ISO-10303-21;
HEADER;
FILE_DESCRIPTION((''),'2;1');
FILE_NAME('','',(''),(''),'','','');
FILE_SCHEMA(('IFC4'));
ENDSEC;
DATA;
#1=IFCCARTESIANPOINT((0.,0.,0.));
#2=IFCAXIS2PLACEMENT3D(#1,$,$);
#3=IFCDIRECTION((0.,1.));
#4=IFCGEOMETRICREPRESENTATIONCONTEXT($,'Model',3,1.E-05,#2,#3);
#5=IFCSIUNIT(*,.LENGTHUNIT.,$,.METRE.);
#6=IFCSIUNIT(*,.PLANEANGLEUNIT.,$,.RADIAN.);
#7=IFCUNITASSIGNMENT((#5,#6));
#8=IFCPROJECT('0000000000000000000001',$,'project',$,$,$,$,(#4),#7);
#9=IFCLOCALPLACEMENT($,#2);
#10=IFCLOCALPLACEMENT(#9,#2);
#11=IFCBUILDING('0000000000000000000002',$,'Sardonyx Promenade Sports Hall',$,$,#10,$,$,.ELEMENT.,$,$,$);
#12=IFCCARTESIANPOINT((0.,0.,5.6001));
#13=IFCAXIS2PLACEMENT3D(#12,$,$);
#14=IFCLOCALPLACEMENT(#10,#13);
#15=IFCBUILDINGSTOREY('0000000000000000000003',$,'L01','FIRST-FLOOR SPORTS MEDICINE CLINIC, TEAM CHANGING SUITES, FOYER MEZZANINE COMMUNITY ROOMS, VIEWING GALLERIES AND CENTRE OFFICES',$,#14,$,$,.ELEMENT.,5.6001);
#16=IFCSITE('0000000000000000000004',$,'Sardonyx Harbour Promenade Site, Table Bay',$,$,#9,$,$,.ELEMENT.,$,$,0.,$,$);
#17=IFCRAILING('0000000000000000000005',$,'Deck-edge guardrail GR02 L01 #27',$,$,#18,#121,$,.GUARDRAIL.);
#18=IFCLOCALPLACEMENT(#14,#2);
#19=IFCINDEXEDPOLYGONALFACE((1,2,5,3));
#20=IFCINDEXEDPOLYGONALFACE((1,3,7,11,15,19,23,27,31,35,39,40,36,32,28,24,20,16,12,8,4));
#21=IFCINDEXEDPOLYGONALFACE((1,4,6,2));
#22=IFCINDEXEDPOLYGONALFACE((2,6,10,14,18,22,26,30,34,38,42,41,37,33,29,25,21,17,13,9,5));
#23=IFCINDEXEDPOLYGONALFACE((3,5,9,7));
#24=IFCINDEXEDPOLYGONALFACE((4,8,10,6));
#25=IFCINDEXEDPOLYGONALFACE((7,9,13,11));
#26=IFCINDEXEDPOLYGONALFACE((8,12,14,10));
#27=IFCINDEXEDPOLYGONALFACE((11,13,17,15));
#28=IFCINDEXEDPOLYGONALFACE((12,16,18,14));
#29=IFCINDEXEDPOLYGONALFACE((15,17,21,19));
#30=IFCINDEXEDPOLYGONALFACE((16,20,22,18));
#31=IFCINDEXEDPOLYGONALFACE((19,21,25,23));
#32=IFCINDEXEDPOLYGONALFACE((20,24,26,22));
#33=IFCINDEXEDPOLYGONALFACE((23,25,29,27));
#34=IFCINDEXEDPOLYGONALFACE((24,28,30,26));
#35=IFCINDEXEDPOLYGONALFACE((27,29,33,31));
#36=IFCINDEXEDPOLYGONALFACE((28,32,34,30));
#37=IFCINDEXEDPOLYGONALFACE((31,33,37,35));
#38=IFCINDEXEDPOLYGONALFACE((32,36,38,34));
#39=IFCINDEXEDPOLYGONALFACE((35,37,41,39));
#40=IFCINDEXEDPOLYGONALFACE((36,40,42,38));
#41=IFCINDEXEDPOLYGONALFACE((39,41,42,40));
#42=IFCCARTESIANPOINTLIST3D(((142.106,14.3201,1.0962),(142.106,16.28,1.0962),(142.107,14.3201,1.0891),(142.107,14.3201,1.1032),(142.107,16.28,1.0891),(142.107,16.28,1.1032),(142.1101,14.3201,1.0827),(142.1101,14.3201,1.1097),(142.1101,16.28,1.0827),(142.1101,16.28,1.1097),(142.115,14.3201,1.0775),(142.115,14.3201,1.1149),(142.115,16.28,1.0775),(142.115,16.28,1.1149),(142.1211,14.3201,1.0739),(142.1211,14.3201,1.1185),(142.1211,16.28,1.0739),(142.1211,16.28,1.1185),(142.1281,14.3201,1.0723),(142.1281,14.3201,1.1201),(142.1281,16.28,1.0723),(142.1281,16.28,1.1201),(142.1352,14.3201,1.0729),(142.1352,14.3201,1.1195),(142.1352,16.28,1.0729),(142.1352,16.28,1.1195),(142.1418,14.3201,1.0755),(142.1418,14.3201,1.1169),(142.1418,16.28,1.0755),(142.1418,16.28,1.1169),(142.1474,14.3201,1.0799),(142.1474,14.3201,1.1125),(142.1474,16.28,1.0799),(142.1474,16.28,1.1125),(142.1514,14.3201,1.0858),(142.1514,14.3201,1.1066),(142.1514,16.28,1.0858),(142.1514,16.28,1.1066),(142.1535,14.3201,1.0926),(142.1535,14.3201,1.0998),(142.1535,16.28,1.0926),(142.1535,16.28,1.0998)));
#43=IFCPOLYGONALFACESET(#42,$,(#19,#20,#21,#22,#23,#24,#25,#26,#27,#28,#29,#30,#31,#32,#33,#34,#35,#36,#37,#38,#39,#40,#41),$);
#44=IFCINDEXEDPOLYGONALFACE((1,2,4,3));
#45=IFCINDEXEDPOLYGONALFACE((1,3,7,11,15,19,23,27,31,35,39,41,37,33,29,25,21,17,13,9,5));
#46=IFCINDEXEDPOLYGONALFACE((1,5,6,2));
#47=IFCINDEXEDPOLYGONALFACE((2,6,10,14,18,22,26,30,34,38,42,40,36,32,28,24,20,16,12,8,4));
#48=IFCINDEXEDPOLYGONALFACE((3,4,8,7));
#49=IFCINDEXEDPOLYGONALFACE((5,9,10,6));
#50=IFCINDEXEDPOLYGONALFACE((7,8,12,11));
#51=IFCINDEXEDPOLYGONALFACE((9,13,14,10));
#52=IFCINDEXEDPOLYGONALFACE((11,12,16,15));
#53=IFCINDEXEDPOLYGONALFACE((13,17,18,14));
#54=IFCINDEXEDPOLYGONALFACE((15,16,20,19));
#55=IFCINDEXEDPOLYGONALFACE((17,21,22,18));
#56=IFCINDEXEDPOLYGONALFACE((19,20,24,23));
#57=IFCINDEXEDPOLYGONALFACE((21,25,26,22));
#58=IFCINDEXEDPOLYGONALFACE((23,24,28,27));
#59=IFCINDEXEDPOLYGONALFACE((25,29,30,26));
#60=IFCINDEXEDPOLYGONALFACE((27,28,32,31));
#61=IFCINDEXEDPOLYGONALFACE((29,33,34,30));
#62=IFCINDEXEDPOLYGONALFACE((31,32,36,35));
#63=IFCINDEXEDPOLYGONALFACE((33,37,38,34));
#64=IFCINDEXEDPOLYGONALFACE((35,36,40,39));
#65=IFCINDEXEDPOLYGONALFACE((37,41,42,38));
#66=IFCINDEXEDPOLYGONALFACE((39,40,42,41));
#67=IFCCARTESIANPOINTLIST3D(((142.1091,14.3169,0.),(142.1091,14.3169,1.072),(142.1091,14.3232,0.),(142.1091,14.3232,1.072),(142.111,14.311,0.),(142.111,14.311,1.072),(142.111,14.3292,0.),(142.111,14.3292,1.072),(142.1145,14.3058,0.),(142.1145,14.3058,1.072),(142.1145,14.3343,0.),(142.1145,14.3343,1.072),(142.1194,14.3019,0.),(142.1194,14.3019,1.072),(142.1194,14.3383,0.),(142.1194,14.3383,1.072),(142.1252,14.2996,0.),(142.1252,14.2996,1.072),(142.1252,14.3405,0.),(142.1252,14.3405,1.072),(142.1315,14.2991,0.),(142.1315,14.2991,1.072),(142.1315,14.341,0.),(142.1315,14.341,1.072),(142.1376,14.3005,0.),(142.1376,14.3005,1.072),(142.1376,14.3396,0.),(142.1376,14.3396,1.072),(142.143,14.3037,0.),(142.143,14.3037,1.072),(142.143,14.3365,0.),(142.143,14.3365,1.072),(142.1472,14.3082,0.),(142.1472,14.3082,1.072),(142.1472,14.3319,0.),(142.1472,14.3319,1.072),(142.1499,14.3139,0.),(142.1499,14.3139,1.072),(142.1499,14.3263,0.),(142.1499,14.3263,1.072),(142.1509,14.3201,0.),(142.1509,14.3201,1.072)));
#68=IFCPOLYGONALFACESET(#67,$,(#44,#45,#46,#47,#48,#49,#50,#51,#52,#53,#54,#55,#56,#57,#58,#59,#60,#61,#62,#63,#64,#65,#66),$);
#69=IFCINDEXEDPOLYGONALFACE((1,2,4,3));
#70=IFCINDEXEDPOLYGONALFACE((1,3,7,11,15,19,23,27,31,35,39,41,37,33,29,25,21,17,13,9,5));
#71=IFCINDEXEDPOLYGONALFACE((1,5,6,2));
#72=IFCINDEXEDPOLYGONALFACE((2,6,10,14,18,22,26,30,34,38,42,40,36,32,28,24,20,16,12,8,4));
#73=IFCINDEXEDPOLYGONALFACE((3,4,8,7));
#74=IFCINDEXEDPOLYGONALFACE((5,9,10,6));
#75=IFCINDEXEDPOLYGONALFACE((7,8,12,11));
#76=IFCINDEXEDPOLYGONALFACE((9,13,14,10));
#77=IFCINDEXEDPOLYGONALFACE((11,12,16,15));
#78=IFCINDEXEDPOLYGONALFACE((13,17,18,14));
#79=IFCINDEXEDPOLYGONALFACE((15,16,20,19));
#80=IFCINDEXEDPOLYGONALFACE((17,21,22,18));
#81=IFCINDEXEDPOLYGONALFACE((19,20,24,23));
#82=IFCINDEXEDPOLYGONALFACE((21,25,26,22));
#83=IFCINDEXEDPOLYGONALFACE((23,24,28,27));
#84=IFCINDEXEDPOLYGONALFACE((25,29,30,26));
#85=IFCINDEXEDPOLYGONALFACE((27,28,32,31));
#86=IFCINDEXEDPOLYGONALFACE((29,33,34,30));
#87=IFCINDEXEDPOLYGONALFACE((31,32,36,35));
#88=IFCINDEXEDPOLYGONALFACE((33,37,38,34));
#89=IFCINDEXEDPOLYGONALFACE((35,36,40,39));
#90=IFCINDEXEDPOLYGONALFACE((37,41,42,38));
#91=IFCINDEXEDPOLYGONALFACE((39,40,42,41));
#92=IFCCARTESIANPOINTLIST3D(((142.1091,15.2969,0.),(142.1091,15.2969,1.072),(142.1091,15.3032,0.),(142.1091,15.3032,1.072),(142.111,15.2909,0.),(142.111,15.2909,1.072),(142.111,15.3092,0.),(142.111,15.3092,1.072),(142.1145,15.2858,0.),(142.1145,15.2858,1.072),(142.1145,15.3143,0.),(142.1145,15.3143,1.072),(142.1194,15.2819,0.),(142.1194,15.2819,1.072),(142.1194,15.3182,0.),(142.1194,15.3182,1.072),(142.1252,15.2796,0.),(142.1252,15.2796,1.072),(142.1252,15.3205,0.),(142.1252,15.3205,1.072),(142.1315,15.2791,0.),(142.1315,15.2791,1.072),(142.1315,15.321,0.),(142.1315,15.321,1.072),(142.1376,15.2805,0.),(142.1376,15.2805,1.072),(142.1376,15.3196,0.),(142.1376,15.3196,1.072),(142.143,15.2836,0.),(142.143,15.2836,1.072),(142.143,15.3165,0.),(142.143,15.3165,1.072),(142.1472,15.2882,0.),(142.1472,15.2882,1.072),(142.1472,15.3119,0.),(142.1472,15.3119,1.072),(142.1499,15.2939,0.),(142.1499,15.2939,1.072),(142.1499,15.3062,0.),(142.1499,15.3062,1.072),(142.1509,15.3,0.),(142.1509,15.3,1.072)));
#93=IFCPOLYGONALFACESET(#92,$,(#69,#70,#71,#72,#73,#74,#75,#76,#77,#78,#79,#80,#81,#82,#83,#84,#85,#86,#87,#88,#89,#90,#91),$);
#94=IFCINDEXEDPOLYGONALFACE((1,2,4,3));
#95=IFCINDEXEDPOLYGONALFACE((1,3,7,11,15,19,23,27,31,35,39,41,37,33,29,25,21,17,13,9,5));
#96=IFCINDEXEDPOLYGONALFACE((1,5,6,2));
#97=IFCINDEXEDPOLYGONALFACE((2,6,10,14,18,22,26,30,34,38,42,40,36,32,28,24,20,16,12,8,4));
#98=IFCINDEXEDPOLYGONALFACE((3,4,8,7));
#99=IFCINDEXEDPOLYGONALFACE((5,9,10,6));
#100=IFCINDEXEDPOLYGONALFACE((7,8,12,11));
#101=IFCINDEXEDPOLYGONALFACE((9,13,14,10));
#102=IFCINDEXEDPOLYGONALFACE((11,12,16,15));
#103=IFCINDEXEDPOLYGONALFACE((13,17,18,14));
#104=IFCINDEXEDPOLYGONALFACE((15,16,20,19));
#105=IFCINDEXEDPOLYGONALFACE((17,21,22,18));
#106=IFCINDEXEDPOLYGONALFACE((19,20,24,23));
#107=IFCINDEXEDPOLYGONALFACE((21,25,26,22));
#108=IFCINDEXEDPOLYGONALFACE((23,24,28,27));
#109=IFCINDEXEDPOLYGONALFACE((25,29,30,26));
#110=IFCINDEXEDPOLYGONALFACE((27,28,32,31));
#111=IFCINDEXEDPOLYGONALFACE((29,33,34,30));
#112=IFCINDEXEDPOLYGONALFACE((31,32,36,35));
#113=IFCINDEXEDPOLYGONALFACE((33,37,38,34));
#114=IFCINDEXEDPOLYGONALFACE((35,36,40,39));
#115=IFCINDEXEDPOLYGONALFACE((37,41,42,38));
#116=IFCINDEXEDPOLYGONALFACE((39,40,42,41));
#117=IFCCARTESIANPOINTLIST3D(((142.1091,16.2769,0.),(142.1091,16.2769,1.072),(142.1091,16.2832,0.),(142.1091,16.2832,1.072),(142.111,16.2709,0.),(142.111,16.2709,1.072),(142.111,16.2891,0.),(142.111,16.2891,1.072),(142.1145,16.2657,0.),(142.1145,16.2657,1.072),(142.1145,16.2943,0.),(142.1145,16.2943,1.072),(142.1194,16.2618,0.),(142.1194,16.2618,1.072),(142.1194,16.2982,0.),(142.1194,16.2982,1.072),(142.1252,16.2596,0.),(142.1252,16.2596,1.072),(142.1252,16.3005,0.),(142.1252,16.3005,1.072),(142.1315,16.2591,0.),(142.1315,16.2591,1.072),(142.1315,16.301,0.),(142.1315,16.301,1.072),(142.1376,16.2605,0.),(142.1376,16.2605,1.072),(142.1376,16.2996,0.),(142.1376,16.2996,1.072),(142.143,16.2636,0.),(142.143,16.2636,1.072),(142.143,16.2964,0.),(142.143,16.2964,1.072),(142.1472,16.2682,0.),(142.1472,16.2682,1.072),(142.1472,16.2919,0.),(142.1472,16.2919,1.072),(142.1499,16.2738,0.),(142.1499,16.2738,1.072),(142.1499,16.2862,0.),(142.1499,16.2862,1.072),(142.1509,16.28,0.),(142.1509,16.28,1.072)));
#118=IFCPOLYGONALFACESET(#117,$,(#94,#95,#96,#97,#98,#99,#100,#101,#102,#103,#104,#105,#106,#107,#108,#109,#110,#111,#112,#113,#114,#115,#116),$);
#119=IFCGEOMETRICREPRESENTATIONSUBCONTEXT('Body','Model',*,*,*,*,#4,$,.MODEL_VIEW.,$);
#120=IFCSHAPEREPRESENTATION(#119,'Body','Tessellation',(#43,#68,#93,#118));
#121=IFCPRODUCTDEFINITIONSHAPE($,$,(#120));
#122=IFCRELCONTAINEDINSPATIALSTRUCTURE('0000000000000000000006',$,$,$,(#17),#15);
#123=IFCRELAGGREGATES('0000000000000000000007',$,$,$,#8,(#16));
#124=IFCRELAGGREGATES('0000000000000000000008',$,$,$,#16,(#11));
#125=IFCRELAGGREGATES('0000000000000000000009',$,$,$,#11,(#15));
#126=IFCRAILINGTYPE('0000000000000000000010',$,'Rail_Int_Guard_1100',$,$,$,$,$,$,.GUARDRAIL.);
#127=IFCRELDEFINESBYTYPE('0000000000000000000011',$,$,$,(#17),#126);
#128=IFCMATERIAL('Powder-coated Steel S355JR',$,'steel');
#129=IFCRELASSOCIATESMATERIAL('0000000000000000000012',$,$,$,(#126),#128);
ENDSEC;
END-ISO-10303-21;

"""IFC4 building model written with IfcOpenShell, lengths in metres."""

from ifc_helpers import new_model, si_unit, direction, frame, origin, origin_2d, place, context, subcontext, project, spatial, circle, extrude, material, type_object, element, save


model = new_model("IFC4")

# Units and contexts
model_context = context("Model", 3, precision=1e-05, world=origin(), true_north=direction((0.0, 1.0)))
body_context = subcontext(model_context, "Body", "Model", "MODEL_VIEW")
ifc_project = project(units=[si_unit("LENGTHUNIT", "METRE"), si_unit("PLANEANGLEUNIT", "RADIAN")], contexts=[model_context])

# Site, building, storey
site_placement = place(None, origin())
site = spatial("IfcSite", under=ifc_project, at=site_placement, Name="Sardonyx Harbour Promenade Site, Table Bay", CompositionType="ELEMENT", RefElevation=0.0)
building_placement = place(site_placement, origin())
building = spatial("IfcBuilding", under=site, at=building_placement, Name="Sardonyx Promenade Sports Hall", CompositionType="ELEMENT")
storey_placement = place(building_placement, frame((0.0, 0.0, 5.6001)))
storey = spatial("IfcBuildingStorey", under=building, at=storey_placement, Name="L01", Description="FIRST-FLOOR SPORTS MEDICINE CLINIC, TEAM CHANGING SUITES, FOYER MEZZANINE COMMUNITY ROOMS, VIEWING GALLERIES AND CENTRE OFFICES", CompositionType="ELEMENT", Elevation=5.6001)

# Railing
ifc_material_1 = material(Name="Powder-coated Steel S355JR", Category="steel")
railing_type = type_object("IfcRailingType", Name="Rail_Int_Guard_1100", PredefinedType="GUARDRAIL", material=ifc_material_1)
railing_1_placement = place(storey_placement, frame((142.1299, 14.3201, 0.0)))
element("IfcRailing", 1, at=railing_1_placement, inside=storey, type_object=railing_type, Name="Deck-edge guardrail GR02 L01 #27", PredefinedType="GUARDRAIL", context=body_context, shape_type="SweptSolid", body=[
    extrude(circle(Radius=0.0239, at=origin_2d()), frame((0.0, 0.0, 1.0962), z_axis=(0.0, 1.0, 0.0), x_axis=(-1.0, 0.0, 0.0)), (0.0, 0.0, 1.0), 1.96),
    extrude(circle(Radius=0.021, at=origin_2d()), origin(), (0.0, 0.0, 1.0), 1.072),
    extrude(circle(Radius=0.021, at=origin_2d()), frame((0.0, 0.98, 0.0)), (0.0, 0.0, 1.0), 1.072),
    extrude(circle(Radius=0.021, at=origin_2d()), frame((0.0, 1.96, 0.0)), (0.0, 0.0, 1.0), 1.072),
])

save(model, "model.ifc")
